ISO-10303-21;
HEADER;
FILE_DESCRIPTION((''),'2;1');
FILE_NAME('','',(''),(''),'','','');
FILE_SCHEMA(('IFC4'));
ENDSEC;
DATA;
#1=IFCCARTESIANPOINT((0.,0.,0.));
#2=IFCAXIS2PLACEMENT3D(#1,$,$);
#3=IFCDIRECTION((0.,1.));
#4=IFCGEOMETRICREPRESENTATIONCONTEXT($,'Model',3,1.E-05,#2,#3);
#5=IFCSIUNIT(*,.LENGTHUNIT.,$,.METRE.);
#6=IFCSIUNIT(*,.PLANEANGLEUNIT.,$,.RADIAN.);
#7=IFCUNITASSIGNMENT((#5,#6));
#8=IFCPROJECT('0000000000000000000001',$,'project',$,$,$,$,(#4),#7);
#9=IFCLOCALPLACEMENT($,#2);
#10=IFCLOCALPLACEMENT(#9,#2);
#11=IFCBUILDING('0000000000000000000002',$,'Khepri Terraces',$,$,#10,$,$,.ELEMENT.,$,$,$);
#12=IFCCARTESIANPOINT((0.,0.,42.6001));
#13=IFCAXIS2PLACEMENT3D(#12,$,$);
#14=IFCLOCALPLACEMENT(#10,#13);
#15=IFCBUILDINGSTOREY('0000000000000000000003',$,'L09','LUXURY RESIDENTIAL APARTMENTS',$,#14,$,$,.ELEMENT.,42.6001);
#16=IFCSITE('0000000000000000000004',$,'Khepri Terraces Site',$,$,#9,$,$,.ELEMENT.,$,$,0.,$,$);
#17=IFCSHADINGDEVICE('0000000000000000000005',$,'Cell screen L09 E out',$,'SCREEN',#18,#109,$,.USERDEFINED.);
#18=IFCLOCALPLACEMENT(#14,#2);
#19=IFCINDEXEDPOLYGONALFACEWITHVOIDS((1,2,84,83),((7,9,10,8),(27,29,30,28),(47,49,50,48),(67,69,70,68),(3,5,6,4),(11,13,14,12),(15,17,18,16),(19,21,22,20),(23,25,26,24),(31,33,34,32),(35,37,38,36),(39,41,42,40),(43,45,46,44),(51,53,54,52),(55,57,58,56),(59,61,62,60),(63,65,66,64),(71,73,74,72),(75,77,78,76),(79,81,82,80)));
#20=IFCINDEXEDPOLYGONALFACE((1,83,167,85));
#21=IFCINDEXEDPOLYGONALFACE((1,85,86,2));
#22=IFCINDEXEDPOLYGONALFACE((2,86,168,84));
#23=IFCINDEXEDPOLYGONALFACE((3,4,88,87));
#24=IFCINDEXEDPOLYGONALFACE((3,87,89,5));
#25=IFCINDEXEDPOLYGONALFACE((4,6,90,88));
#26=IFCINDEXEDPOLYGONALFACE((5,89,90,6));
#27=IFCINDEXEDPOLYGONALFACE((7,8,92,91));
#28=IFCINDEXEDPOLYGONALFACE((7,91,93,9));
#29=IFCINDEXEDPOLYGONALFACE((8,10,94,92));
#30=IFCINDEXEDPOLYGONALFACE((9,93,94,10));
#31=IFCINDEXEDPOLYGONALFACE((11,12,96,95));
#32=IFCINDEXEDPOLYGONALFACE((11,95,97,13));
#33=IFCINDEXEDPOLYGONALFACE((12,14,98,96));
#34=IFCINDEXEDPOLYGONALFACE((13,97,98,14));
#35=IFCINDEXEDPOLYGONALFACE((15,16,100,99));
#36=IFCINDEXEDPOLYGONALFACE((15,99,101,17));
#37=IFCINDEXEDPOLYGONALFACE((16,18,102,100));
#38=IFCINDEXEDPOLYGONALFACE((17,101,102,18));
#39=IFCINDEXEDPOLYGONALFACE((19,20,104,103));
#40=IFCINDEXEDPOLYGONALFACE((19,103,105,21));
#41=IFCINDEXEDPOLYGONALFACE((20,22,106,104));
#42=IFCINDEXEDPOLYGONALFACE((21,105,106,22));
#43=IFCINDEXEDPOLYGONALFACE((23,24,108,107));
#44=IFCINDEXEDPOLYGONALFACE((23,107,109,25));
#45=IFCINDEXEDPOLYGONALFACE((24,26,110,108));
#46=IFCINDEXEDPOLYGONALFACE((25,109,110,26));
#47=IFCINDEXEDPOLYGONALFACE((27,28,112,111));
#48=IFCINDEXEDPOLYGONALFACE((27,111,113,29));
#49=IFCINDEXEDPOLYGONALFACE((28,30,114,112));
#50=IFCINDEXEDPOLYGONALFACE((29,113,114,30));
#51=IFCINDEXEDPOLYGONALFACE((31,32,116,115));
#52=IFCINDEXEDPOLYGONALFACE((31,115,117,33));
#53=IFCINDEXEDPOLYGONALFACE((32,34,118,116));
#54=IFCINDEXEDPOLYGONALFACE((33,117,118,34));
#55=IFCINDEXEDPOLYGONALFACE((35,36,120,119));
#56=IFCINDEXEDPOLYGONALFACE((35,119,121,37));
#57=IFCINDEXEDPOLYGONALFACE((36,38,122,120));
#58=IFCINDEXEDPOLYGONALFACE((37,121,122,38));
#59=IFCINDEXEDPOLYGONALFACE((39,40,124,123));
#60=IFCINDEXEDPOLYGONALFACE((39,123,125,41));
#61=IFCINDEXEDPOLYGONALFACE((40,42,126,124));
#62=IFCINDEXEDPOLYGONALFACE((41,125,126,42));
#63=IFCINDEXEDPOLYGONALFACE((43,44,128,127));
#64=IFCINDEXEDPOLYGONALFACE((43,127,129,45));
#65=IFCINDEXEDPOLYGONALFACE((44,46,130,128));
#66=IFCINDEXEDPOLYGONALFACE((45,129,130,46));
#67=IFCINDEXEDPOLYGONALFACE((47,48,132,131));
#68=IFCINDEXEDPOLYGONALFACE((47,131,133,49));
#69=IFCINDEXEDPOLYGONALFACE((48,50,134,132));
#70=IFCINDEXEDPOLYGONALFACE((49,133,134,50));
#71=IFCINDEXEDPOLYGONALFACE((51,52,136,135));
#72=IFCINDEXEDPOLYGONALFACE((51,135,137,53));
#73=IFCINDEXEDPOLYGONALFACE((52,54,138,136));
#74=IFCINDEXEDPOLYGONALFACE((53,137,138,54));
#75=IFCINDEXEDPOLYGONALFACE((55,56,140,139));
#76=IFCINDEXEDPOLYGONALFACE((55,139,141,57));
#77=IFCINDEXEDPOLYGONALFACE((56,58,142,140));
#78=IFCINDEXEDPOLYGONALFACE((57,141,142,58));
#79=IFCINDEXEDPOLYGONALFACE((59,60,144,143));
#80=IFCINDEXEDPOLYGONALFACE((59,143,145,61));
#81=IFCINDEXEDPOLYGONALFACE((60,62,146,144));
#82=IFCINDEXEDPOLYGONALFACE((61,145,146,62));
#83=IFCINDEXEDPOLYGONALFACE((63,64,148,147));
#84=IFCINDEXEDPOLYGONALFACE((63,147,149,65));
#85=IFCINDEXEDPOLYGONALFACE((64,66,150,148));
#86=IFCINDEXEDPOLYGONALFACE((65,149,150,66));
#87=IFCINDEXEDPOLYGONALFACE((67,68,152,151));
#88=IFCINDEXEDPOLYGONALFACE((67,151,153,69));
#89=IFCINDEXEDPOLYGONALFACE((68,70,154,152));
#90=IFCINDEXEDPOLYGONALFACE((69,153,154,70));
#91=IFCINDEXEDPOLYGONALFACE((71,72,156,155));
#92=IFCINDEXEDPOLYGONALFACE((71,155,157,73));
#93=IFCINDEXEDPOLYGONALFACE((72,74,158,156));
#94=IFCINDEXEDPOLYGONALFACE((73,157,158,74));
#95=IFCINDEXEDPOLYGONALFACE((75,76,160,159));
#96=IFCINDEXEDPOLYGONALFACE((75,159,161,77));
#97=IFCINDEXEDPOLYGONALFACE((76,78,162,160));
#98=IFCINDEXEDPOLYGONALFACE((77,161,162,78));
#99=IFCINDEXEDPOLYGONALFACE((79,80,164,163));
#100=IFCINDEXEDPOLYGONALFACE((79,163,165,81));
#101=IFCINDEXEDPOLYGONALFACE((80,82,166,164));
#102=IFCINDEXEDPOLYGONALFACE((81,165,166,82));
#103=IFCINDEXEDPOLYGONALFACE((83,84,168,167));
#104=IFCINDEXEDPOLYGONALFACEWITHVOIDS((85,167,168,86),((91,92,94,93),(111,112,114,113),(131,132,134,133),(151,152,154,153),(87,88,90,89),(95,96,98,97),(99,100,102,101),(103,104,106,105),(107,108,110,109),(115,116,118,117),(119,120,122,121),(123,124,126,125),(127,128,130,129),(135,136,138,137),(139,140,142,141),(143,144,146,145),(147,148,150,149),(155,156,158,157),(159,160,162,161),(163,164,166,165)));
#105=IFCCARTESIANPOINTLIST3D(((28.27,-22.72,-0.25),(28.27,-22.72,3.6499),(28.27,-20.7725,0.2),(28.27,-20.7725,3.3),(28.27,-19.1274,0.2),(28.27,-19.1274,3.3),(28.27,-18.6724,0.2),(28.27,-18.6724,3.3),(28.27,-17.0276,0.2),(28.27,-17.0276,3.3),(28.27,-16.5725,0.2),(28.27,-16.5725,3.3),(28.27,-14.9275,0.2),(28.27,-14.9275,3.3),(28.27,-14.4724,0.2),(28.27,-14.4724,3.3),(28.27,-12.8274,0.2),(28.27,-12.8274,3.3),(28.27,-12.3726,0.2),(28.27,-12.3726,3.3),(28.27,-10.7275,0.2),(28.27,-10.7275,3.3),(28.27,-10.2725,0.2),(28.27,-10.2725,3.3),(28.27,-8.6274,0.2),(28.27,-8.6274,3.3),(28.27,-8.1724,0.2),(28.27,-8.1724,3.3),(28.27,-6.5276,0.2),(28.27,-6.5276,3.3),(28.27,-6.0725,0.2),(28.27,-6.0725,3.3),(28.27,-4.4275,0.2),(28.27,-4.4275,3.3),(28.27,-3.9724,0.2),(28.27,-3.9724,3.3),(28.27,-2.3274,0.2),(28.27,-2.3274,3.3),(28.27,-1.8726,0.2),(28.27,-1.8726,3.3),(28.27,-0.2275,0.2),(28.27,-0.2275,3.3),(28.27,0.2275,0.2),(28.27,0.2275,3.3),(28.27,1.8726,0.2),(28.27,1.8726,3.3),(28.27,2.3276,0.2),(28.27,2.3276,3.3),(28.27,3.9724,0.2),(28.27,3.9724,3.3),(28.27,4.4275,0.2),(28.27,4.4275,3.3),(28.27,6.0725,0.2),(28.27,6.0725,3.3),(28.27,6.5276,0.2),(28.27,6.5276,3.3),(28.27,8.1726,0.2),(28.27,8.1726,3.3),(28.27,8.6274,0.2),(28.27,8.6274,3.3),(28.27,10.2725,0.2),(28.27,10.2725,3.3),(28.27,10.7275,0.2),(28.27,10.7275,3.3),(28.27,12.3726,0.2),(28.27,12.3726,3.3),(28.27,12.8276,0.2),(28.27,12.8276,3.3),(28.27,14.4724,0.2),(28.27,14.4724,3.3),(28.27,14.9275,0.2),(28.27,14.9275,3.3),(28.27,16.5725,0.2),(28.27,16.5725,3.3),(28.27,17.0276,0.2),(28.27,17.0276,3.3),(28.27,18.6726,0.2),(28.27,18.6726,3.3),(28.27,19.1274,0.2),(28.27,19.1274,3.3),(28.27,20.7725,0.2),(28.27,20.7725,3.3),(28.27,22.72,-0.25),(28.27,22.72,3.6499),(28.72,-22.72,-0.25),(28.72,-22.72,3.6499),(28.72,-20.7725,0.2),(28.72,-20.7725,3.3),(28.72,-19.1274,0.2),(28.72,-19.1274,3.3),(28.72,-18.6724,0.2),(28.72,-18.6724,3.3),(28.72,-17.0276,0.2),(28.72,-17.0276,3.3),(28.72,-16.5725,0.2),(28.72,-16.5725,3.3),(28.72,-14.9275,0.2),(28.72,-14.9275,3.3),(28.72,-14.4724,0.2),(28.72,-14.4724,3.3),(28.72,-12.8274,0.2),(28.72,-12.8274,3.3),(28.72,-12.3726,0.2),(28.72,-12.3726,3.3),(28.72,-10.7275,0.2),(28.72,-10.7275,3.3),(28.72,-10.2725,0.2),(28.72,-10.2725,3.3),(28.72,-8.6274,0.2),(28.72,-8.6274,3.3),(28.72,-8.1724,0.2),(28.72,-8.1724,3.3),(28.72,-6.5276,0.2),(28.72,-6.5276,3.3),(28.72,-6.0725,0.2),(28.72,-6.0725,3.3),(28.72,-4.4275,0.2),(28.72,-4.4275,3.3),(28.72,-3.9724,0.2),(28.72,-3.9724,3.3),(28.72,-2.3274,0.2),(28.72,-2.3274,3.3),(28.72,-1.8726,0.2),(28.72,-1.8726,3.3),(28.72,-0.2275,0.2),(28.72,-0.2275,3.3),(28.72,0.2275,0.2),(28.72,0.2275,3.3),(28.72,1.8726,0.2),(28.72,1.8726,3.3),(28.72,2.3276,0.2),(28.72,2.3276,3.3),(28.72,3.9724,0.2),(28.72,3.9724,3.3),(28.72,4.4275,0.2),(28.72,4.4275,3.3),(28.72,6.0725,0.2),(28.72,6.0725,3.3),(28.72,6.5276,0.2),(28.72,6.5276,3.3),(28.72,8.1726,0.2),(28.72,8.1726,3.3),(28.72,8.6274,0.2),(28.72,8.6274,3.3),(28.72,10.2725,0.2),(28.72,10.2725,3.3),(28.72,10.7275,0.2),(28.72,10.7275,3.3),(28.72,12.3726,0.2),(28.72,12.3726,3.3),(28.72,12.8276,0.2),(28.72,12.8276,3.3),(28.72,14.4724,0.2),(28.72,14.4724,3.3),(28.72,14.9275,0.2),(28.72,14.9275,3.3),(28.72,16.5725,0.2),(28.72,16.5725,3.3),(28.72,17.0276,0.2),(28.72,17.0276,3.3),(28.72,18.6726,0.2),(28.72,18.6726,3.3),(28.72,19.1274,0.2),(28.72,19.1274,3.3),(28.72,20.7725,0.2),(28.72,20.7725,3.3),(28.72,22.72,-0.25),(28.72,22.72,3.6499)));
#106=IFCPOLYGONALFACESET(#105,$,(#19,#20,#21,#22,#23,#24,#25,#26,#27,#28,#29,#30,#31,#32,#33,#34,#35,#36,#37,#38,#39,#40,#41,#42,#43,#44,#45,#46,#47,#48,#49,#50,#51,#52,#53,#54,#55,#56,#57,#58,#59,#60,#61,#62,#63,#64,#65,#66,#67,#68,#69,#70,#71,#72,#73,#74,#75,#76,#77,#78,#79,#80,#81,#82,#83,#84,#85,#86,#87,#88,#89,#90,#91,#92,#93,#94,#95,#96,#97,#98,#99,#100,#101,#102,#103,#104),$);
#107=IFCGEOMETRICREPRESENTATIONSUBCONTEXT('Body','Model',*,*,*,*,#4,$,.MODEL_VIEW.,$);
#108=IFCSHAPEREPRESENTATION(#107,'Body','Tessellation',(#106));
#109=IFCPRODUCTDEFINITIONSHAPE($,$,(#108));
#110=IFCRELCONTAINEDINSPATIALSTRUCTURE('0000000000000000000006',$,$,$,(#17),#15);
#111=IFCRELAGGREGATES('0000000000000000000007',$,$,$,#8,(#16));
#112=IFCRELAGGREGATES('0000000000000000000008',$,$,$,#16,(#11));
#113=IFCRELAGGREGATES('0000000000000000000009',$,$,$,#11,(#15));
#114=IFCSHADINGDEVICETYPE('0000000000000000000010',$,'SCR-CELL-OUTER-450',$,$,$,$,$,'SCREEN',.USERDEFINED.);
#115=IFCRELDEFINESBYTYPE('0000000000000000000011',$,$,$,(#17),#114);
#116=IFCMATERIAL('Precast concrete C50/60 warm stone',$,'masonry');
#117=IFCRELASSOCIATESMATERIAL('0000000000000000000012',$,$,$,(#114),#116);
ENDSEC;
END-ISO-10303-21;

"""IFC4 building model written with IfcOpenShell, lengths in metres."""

from ifc_helpers import new_model, si_unit, direction, frame, origin, place, context, subcontext, project, spatial, polyline, outline, extrude, material, type_object, element, save


model = new_model("IFC4")

# Units and contexts
model_context = context("Model", 3, precision=1e-05, world=origin(), true_north=direction((0.0, 1.0)))
body_context = subcontext(model_context, "Body", "Model", "MODEL_VIEW")
ifc_project = project(units=[si_unit("LENGTHUNIT", "METRE"), si_unit("PLANEANGLEUNIT", "RADIAN")], contexts=[model_context])

# Site, building, storey
site_placement = place(None, origin())
site = spatial("IfcSite", under=ifc_project, at=site_placement, Name="Khepri Terraces Site", CompositionType="ELEMENT", RefElevation=0.0)
building_placement = place(site_placement, origin())
building = spatial("IfcBuilding", under=site, at=building_placement, Name="Khepri Terraces", CompositionType="ELEMENT")
storey_placement = place(building_placement, frame((0.0, 0.0, 42.6001)))
storey = spatial("IfcBuildingStorey", under=building, at=storey_placement, Name="L09", Description="LUXURY RESIDENTIAL APARTMENTS", CompositionType="ELEMENT", Elevation=42.6001)

# Shared definitions
ifc_material_1 = material(Name="Precast concrete C50/60 warm stone", Category="masonry")

# Shading device
shading_device_type_1 = type_object("IfcShadingDeviceType", Name="SCR-CELL-OUTER-450", ElementType="SCREEN", PredefinedType="USERDEFINED", material=ifc_material_1)
shading_device_1_placement = place(storey_placement, frame((28.27, -22.72, -0.25), z_axis=(1.0, 0.0, 0.0), x_axis=(0.0, 1.0, 0.0)))
element("IfcShadingDevice", 1, at=shading_device_1_placement, inside=storey, type_object=shading_device_type_1, Name="Cell screen L09 E out", ObjectType="SCREEN", PredefinedType="USERDEFINED", context=body_context, shape_type="SweptSolid", body=[
    extrude(outline(polyline([(0.0, 0.0), (45.4399, 0.0), (45.4399, 3.8999), (0.0, 3.8999), (0.0, 0.0)]), holes=[polyline([(1.9475, 0.45), (3.5925, 0.45), (3.5925, 3.55), (1.9475, 3.55), (1.9475, 0.45)]), polyline([(4.0476, 0.45), (5.6924, 0.45), (5.6924, 3.55), (4.0476, 3.55), (4.0476, 0.45)]), polyline([(6.1475, 0.45), (7.7925, 0.45), (7.7925, 3.55), (6.1475, 3.55), (6.1475, 0.45)]), polyline([(8.2476, 0.45), (9.8926, 0.45), (9.8926, 3.55), (8.2476, 3.55), (8.2476, 0.45)]), polyline([(10.3474, 0.45), (11.9924, 0.45), (11.9924, 3.55), (10.3474, 3.55), (10.3474, 0.45)]), polyline([(12.4475, 0.45), (14.0925, 0.45), (14.0925, 3.55), (12.4475, 3.55), (12.4475, 0.45)]), polyline([(14.5476, 0.45), (16.1924, 0.45), (16.1924, 3.55), (14.5476, 3.55), (14.5476, 0.45)]), polyline([(16.6475, 0.45), (18.2925, 0.45), (18.2925, 3.55), (16.6475, 3.55), (16.6475, 0.45)]), polyline([(18.7476, 0.45), (20.3926, 0.45), (20.3926, 3.55), (18.7476, 3.55), (18.7476, 0.45)]), polyline([(20.8474, 0.45), (22.4924, 0.45), (22.4924, 3.55), (20.8474, 3.55), (20.8474, 0.45)]), polyline([(22.9475, 0.45), (24.5925, 0.45), (24.5925, 3.55), (22.9475, 3.55), (22.9475, 0.45)]), polyline([(25.0476, 0.45), (26.6924, 0.45), (26.6924, 3.55), (25.0476, 3.55), (25.0476, 0.45)]), polyline([(27.1475, 0.45), (28.7925, 0.45), (28.7925, 3.55), (27.1475, 3.55), (27.1475, 0.45)]), polyline([(29.2476, 0.45), (30.8926, 0.45), (30.8926, 3.55), (29.2476, 3.55), (29.2476, 0.45)]), polyline([(31.3474, 0.45), (32.9924, 0.45), (32.9924, 3.55), (31.3474, 3.55), (31.3474, 0.45)]), polyline([(33.4475, 0.45), (35.0925, 0.45), (35.0925, 3.55), (33.4475, 3.55), (33.4475, 0.45)]), polyline([(35.5476, 0.45), (37.1924, 0.45), (37.1924, 3.55), (35.5476, 3.55), (35.5476, 0.45)]), polyline([(37.6475, 0.45), (39.2925, 0.45), (39.2925, 3.55), (37.6475, 3.55), (37.6475, 0.45)]), polyline([(39.7476, 0.45), (41.3926, 0.45), (41.3926, 3.55), (39.7476, 3.55), (39.7476, 0.45)]), polyline([(41.8474, 0.45), (43.4924, 0.45), (43.4924, 3.55), (41.8474, 3.55), (41.8474, 0.45)])]), origin(), (0.0, 0.0, 1.0), 0.45),
])

save(model, "model.ifc")
